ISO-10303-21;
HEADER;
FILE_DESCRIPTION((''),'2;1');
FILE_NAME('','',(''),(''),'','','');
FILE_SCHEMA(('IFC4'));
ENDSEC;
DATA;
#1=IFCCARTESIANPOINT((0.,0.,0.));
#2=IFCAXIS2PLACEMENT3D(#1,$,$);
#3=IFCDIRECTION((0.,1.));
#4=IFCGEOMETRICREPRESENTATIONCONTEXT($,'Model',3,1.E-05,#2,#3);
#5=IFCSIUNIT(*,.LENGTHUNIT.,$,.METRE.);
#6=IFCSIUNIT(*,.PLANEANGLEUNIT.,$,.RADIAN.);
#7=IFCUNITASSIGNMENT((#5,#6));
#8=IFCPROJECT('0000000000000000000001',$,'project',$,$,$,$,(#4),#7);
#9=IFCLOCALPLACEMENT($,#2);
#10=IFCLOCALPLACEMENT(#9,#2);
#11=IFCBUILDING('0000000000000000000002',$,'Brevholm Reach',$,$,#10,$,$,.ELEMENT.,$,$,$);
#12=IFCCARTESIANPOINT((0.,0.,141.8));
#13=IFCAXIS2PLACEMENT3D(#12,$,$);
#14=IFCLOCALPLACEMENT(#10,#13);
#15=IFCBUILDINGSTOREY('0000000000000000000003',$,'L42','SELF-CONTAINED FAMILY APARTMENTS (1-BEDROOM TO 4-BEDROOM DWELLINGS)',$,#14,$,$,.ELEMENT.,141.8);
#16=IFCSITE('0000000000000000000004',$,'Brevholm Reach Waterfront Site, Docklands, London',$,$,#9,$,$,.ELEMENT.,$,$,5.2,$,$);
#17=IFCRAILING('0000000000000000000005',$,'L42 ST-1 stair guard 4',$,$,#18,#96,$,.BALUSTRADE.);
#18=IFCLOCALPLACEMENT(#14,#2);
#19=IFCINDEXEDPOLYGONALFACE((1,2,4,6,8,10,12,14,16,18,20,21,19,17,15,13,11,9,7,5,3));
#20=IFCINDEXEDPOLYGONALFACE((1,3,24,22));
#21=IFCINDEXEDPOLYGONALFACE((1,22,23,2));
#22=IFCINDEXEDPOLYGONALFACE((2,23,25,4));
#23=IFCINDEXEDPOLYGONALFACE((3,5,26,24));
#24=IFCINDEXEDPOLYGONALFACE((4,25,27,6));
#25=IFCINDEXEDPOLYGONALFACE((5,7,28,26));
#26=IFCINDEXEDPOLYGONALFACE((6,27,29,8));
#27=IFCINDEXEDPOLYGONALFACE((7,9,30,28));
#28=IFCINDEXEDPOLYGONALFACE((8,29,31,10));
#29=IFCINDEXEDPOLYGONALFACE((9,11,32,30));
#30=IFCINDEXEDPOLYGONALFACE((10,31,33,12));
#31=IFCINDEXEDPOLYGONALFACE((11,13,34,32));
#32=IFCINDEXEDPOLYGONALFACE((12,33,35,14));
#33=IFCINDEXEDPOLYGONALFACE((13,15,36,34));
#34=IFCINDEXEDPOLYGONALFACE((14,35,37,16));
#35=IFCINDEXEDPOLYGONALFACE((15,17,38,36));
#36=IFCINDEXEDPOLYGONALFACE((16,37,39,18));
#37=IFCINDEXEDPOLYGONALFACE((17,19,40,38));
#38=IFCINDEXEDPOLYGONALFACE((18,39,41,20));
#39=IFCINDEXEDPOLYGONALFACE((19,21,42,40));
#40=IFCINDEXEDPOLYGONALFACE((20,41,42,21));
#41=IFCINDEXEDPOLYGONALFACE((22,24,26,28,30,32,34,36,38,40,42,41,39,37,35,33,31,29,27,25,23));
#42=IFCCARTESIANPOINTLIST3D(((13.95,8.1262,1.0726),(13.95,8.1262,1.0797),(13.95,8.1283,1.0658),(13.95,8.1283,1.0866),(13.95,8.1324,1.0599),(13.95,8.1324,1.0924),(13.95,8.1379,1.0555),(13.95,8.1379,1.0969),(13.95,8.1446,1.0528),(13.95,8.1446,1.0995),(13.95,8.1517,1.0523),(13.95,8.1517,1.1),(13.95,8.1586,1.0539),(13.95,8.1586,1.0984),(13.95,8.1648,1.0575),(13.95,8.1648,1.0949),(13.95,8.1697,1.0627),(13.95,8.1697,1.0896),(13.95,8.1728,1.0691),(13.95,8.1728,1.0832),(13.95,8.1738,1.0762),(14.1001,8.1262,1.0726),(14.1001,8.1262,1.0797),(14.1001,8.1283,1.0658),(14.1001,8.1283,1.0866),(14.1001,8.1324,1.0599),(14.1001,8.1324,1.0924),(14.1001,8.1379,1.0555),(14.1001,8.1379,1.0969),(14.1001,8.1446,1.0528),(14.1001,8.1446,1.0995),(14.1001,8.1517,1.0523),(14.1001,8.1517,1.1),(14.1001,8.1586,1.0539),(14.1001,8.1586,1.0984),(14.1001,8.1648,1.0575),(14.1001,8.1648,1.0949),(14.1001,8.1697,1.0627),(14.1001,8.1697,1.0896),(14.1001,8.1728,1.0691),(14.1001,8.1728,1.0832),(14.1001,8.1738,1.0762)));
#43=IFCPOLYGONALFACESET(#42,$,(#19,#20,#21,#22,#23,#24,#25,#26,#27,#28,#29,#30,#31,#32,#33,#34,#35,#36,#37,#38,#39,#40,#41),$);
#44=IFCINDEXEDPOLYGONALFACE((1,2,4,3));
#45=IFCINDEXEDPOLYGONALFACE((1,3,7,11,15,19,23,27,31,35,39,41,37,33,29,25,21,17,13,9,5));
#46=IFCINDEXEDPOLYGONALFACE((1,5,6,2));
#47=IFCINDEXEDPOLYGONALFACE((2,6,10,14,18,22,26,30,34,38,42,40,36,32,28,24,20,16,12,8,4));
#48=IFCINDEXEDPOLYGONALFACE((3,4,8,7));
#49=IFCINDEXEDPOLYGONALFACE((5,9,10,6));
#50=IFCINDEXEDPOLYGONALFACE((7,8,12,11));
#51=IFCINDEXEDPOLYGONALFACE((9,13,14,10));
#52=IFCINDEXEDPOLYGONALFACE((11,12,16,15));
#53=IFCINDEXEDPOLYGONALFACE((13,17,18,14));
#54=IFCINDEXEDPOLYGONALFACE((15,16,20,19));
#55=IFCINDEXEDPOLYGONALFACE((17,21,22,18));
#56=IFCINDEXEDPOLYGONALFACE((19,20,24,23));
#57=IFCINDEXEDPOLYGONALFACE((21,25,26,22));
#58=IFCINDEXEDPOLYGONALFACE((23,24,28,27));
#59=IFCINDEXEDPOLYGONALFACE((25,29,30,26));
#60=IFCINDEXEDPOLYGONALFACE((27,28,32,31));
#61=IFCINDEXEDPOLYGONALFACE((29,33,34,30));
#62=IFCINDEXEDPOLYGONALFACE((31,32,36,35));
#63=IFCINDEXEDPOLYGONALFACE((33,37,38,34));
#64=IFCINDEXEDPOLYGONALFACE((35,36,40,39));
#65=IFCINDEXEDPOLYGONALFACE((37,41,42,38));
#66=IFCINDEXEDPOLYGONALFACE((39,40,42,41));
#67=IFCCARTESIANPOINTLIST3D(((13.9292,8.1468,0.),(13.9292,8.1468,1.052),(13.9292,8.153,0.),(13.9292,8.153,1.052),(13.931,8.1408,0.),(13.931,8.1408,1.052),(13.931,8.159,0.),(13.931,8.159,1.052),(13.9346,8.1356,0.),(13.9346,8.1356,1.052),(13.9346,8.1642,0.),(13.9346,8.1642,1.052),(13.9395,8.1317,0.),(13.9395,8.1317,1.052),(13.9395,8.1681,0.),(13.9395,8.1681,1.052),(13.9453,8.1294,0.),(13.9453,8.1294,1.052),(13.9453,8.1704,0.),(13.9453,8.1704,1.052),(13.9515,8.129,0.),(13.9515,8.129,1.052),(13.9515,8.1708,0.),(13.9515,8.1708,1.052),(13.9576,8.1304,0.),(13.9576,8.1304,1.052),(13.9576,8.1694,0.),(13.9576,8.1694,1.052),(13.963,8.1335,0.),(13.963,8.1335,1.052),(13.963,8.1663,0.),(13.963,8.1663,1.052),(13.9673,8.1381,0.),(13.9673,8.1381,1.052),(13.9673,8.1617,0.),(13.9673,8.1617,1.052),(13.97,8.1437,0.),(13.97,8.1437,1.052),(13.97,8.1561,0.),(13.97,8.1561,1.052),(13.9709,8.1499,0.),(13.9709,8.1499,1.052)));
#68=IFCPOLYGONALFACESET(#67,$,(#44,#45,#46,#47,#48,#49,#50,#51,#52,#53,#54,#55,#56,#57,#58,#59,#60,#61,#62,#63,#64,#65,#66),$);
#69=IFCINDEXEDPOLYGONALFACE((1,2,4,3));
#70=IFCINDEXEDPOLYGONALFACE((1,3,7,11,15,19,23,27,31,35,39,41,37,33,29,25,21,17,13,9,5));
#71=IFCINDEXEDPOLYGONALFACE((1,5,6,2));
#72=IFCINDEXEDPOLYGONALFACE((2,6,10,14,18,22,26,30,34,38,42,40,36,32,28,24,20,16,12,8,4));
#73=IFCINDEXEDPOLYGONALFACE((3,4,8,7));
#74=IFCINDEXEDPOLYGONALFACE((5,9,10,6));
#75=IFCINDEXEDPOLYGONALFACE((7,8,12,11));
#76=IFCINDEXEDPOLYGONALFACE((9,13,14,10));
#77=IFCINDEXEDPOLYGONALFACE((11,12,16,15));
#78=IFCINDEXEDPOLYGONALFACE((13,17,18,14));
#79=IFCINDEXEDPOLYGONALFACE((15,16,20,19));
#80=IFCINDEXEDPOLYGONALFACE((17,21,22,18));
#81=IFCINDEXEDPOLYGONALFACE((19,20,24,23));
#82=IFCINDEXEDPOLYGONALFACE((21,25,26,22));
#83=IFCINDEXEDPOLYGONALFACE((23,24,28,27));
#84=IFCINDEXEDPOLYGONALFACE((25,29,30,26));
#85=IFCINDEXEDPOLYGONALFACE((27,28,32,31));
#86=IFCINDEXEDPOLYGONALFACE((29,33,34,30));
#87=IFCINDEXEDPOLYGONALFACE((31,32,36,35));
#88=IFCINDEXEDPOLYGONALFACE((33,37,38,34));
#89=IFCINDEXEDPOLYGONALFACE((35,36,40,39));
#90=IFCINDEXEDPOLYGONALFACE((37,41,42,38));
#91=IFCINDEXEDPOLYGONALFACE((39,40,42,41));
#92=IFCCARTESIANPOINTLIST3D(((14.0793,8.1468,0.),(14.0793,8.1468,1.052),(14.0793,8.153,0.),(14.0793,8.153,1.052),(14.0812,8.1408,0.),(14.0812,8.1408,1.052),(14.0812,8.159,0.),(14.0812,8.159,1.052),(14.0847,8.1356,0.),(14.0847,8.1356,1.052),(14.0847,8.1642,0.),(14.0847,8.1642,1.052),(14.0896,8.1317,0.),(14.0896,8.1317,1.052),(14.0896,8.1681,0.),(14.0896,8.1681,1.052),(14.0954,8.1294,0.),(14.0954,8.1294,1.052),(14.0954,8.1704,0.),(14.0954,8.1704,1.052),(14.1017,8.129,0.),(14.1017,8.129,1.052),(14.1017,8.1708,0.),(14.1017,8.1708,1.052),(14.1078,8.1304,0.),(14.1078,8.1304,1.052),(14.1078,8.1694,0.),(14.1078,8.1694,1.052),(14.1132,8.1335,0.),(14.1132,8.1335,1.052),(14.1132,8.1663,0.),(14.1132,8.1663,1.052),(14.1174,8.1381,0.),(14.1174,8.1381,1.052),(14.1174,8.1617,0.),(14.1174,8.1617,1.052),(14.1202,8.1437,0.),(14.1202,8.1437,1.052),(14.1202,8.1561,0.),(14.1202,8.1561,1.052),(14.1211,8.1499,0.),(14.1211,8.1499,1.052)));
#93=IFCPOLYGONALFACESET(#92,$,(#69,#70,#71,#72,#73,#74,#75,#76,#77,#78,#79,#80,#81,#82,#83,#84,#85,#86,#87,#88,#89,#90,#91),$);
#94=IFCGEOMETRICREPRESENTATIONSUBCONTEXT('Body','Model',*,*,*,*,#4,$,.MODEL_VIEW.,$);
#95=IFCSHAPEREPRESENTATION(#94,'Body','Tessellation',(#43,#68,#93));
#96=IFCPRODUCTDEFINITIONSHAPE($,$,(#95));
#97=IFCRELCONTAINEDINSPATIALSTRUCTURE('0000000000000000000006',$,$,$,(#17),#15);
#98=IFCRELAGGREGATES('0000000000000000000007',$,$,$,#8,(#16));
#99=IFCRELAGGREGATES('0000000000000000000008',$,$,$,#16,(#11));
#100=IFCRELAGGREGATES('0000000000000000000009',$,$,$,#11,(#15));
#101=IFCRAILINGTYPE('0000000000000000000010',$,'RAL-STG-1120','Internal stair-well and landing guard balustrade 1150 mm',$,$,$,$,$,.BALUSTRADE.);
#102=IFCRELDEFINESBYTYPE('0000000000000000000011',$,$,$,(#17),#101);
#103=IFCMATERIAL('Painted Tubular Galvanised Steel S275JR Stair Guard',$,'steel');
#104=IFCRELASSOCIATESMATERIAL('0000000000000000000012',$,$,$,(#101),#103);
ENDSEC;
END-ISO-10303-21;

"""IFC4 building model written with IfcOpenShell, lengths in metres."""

from ifc_helpers import new_model, si_unit, direction, frame, origin, origin_2d, place, context, subcontext, project, spatial, circle, extrude, material, type_object, element, save


model = new_model("IFC4")

# Units and contexts
model_context = context("Model", 3, precision=1e-05, world=origin(), true_north=direction((0.0, 1.0)))
body_context = subcontext(model_context, "Body", "Model", "MODEL_VIEW")
ifc_project = project(units=[si_unit("LENGTHUNIT", "METRE"), si_unit("PLANEANGLEUNIT", "RADIAN")], contexts=[model_context])

# Site, building, storey
site_placement = place(None, origin())
site = spatial("IfcSite", under=ifc_project, at=site_placement, Name="Brevholm Reach Waterfront Site, Docklands, London", CompositionType="ELEMENT", RefElevation=5.2)
building_placement = place(site_placement, origin())
building = spatial("IfcBuilding", under=site, at=building_placement, Name="Brevholm Reach", CompositionType="ELEMENT")
storey_placement = place(building_placement, frame((0.0, 0.0, 141.8)))
storey = spatial("IfcBuildingStorey", under=building, at=storey_placement, Name="L42", Description="SELF-CONTAINED FAMILY APARTMENTS (1-BEDROOM TO 4-BEDROOM DWELLINGS)", CompositionType="ELEMENT", Elevation=141.8)

# Railing
ifc_material_1 = material(Name="Painted Tubular Galvanised Steel S275JR Stair Guard", Category="steel")
railing_type_1 = type_object("IfcRailingType", Name="RAL-STG-1120", Description="Internal stair-well and landing guard balustrade 1150 mm", PredefinedType="BALUSTRADE", material=ifc_material_1)
railing_1_placement = place(storey_placement, frame((13.95, 8.1499, 0.0)))
element("IfcRailing", 1, at=railing_1_placement, inside=storey, type_object=railing_type_1, Name="L42 ST-1 stair guard 4", PredefinedType="BALUSTRADE", context=body_context, shape_type="SweptSolid", body=[
    extrude(circle(Radius=0.0239, at=origin_2d()), frame((0.0, 0.0, 1.0762), z_axis=(1.0, 0.0, 0.0), x_axis=(0.0, 1.0, 0.0)), (0.0, 0.0, 1.0), 0.1501),
    extrude(circle(Radius=0.021, at=origin_2d()), origin(), (0.0, 0.0, 1.0), 1.052),
    extrude(circle(Radius=0.021, at=origin_2d()), frame((0.1501, 0.0, 0.0)), (0.0, 0.0, 1.0), 1.052),
])

save(model, "model.ifc")
